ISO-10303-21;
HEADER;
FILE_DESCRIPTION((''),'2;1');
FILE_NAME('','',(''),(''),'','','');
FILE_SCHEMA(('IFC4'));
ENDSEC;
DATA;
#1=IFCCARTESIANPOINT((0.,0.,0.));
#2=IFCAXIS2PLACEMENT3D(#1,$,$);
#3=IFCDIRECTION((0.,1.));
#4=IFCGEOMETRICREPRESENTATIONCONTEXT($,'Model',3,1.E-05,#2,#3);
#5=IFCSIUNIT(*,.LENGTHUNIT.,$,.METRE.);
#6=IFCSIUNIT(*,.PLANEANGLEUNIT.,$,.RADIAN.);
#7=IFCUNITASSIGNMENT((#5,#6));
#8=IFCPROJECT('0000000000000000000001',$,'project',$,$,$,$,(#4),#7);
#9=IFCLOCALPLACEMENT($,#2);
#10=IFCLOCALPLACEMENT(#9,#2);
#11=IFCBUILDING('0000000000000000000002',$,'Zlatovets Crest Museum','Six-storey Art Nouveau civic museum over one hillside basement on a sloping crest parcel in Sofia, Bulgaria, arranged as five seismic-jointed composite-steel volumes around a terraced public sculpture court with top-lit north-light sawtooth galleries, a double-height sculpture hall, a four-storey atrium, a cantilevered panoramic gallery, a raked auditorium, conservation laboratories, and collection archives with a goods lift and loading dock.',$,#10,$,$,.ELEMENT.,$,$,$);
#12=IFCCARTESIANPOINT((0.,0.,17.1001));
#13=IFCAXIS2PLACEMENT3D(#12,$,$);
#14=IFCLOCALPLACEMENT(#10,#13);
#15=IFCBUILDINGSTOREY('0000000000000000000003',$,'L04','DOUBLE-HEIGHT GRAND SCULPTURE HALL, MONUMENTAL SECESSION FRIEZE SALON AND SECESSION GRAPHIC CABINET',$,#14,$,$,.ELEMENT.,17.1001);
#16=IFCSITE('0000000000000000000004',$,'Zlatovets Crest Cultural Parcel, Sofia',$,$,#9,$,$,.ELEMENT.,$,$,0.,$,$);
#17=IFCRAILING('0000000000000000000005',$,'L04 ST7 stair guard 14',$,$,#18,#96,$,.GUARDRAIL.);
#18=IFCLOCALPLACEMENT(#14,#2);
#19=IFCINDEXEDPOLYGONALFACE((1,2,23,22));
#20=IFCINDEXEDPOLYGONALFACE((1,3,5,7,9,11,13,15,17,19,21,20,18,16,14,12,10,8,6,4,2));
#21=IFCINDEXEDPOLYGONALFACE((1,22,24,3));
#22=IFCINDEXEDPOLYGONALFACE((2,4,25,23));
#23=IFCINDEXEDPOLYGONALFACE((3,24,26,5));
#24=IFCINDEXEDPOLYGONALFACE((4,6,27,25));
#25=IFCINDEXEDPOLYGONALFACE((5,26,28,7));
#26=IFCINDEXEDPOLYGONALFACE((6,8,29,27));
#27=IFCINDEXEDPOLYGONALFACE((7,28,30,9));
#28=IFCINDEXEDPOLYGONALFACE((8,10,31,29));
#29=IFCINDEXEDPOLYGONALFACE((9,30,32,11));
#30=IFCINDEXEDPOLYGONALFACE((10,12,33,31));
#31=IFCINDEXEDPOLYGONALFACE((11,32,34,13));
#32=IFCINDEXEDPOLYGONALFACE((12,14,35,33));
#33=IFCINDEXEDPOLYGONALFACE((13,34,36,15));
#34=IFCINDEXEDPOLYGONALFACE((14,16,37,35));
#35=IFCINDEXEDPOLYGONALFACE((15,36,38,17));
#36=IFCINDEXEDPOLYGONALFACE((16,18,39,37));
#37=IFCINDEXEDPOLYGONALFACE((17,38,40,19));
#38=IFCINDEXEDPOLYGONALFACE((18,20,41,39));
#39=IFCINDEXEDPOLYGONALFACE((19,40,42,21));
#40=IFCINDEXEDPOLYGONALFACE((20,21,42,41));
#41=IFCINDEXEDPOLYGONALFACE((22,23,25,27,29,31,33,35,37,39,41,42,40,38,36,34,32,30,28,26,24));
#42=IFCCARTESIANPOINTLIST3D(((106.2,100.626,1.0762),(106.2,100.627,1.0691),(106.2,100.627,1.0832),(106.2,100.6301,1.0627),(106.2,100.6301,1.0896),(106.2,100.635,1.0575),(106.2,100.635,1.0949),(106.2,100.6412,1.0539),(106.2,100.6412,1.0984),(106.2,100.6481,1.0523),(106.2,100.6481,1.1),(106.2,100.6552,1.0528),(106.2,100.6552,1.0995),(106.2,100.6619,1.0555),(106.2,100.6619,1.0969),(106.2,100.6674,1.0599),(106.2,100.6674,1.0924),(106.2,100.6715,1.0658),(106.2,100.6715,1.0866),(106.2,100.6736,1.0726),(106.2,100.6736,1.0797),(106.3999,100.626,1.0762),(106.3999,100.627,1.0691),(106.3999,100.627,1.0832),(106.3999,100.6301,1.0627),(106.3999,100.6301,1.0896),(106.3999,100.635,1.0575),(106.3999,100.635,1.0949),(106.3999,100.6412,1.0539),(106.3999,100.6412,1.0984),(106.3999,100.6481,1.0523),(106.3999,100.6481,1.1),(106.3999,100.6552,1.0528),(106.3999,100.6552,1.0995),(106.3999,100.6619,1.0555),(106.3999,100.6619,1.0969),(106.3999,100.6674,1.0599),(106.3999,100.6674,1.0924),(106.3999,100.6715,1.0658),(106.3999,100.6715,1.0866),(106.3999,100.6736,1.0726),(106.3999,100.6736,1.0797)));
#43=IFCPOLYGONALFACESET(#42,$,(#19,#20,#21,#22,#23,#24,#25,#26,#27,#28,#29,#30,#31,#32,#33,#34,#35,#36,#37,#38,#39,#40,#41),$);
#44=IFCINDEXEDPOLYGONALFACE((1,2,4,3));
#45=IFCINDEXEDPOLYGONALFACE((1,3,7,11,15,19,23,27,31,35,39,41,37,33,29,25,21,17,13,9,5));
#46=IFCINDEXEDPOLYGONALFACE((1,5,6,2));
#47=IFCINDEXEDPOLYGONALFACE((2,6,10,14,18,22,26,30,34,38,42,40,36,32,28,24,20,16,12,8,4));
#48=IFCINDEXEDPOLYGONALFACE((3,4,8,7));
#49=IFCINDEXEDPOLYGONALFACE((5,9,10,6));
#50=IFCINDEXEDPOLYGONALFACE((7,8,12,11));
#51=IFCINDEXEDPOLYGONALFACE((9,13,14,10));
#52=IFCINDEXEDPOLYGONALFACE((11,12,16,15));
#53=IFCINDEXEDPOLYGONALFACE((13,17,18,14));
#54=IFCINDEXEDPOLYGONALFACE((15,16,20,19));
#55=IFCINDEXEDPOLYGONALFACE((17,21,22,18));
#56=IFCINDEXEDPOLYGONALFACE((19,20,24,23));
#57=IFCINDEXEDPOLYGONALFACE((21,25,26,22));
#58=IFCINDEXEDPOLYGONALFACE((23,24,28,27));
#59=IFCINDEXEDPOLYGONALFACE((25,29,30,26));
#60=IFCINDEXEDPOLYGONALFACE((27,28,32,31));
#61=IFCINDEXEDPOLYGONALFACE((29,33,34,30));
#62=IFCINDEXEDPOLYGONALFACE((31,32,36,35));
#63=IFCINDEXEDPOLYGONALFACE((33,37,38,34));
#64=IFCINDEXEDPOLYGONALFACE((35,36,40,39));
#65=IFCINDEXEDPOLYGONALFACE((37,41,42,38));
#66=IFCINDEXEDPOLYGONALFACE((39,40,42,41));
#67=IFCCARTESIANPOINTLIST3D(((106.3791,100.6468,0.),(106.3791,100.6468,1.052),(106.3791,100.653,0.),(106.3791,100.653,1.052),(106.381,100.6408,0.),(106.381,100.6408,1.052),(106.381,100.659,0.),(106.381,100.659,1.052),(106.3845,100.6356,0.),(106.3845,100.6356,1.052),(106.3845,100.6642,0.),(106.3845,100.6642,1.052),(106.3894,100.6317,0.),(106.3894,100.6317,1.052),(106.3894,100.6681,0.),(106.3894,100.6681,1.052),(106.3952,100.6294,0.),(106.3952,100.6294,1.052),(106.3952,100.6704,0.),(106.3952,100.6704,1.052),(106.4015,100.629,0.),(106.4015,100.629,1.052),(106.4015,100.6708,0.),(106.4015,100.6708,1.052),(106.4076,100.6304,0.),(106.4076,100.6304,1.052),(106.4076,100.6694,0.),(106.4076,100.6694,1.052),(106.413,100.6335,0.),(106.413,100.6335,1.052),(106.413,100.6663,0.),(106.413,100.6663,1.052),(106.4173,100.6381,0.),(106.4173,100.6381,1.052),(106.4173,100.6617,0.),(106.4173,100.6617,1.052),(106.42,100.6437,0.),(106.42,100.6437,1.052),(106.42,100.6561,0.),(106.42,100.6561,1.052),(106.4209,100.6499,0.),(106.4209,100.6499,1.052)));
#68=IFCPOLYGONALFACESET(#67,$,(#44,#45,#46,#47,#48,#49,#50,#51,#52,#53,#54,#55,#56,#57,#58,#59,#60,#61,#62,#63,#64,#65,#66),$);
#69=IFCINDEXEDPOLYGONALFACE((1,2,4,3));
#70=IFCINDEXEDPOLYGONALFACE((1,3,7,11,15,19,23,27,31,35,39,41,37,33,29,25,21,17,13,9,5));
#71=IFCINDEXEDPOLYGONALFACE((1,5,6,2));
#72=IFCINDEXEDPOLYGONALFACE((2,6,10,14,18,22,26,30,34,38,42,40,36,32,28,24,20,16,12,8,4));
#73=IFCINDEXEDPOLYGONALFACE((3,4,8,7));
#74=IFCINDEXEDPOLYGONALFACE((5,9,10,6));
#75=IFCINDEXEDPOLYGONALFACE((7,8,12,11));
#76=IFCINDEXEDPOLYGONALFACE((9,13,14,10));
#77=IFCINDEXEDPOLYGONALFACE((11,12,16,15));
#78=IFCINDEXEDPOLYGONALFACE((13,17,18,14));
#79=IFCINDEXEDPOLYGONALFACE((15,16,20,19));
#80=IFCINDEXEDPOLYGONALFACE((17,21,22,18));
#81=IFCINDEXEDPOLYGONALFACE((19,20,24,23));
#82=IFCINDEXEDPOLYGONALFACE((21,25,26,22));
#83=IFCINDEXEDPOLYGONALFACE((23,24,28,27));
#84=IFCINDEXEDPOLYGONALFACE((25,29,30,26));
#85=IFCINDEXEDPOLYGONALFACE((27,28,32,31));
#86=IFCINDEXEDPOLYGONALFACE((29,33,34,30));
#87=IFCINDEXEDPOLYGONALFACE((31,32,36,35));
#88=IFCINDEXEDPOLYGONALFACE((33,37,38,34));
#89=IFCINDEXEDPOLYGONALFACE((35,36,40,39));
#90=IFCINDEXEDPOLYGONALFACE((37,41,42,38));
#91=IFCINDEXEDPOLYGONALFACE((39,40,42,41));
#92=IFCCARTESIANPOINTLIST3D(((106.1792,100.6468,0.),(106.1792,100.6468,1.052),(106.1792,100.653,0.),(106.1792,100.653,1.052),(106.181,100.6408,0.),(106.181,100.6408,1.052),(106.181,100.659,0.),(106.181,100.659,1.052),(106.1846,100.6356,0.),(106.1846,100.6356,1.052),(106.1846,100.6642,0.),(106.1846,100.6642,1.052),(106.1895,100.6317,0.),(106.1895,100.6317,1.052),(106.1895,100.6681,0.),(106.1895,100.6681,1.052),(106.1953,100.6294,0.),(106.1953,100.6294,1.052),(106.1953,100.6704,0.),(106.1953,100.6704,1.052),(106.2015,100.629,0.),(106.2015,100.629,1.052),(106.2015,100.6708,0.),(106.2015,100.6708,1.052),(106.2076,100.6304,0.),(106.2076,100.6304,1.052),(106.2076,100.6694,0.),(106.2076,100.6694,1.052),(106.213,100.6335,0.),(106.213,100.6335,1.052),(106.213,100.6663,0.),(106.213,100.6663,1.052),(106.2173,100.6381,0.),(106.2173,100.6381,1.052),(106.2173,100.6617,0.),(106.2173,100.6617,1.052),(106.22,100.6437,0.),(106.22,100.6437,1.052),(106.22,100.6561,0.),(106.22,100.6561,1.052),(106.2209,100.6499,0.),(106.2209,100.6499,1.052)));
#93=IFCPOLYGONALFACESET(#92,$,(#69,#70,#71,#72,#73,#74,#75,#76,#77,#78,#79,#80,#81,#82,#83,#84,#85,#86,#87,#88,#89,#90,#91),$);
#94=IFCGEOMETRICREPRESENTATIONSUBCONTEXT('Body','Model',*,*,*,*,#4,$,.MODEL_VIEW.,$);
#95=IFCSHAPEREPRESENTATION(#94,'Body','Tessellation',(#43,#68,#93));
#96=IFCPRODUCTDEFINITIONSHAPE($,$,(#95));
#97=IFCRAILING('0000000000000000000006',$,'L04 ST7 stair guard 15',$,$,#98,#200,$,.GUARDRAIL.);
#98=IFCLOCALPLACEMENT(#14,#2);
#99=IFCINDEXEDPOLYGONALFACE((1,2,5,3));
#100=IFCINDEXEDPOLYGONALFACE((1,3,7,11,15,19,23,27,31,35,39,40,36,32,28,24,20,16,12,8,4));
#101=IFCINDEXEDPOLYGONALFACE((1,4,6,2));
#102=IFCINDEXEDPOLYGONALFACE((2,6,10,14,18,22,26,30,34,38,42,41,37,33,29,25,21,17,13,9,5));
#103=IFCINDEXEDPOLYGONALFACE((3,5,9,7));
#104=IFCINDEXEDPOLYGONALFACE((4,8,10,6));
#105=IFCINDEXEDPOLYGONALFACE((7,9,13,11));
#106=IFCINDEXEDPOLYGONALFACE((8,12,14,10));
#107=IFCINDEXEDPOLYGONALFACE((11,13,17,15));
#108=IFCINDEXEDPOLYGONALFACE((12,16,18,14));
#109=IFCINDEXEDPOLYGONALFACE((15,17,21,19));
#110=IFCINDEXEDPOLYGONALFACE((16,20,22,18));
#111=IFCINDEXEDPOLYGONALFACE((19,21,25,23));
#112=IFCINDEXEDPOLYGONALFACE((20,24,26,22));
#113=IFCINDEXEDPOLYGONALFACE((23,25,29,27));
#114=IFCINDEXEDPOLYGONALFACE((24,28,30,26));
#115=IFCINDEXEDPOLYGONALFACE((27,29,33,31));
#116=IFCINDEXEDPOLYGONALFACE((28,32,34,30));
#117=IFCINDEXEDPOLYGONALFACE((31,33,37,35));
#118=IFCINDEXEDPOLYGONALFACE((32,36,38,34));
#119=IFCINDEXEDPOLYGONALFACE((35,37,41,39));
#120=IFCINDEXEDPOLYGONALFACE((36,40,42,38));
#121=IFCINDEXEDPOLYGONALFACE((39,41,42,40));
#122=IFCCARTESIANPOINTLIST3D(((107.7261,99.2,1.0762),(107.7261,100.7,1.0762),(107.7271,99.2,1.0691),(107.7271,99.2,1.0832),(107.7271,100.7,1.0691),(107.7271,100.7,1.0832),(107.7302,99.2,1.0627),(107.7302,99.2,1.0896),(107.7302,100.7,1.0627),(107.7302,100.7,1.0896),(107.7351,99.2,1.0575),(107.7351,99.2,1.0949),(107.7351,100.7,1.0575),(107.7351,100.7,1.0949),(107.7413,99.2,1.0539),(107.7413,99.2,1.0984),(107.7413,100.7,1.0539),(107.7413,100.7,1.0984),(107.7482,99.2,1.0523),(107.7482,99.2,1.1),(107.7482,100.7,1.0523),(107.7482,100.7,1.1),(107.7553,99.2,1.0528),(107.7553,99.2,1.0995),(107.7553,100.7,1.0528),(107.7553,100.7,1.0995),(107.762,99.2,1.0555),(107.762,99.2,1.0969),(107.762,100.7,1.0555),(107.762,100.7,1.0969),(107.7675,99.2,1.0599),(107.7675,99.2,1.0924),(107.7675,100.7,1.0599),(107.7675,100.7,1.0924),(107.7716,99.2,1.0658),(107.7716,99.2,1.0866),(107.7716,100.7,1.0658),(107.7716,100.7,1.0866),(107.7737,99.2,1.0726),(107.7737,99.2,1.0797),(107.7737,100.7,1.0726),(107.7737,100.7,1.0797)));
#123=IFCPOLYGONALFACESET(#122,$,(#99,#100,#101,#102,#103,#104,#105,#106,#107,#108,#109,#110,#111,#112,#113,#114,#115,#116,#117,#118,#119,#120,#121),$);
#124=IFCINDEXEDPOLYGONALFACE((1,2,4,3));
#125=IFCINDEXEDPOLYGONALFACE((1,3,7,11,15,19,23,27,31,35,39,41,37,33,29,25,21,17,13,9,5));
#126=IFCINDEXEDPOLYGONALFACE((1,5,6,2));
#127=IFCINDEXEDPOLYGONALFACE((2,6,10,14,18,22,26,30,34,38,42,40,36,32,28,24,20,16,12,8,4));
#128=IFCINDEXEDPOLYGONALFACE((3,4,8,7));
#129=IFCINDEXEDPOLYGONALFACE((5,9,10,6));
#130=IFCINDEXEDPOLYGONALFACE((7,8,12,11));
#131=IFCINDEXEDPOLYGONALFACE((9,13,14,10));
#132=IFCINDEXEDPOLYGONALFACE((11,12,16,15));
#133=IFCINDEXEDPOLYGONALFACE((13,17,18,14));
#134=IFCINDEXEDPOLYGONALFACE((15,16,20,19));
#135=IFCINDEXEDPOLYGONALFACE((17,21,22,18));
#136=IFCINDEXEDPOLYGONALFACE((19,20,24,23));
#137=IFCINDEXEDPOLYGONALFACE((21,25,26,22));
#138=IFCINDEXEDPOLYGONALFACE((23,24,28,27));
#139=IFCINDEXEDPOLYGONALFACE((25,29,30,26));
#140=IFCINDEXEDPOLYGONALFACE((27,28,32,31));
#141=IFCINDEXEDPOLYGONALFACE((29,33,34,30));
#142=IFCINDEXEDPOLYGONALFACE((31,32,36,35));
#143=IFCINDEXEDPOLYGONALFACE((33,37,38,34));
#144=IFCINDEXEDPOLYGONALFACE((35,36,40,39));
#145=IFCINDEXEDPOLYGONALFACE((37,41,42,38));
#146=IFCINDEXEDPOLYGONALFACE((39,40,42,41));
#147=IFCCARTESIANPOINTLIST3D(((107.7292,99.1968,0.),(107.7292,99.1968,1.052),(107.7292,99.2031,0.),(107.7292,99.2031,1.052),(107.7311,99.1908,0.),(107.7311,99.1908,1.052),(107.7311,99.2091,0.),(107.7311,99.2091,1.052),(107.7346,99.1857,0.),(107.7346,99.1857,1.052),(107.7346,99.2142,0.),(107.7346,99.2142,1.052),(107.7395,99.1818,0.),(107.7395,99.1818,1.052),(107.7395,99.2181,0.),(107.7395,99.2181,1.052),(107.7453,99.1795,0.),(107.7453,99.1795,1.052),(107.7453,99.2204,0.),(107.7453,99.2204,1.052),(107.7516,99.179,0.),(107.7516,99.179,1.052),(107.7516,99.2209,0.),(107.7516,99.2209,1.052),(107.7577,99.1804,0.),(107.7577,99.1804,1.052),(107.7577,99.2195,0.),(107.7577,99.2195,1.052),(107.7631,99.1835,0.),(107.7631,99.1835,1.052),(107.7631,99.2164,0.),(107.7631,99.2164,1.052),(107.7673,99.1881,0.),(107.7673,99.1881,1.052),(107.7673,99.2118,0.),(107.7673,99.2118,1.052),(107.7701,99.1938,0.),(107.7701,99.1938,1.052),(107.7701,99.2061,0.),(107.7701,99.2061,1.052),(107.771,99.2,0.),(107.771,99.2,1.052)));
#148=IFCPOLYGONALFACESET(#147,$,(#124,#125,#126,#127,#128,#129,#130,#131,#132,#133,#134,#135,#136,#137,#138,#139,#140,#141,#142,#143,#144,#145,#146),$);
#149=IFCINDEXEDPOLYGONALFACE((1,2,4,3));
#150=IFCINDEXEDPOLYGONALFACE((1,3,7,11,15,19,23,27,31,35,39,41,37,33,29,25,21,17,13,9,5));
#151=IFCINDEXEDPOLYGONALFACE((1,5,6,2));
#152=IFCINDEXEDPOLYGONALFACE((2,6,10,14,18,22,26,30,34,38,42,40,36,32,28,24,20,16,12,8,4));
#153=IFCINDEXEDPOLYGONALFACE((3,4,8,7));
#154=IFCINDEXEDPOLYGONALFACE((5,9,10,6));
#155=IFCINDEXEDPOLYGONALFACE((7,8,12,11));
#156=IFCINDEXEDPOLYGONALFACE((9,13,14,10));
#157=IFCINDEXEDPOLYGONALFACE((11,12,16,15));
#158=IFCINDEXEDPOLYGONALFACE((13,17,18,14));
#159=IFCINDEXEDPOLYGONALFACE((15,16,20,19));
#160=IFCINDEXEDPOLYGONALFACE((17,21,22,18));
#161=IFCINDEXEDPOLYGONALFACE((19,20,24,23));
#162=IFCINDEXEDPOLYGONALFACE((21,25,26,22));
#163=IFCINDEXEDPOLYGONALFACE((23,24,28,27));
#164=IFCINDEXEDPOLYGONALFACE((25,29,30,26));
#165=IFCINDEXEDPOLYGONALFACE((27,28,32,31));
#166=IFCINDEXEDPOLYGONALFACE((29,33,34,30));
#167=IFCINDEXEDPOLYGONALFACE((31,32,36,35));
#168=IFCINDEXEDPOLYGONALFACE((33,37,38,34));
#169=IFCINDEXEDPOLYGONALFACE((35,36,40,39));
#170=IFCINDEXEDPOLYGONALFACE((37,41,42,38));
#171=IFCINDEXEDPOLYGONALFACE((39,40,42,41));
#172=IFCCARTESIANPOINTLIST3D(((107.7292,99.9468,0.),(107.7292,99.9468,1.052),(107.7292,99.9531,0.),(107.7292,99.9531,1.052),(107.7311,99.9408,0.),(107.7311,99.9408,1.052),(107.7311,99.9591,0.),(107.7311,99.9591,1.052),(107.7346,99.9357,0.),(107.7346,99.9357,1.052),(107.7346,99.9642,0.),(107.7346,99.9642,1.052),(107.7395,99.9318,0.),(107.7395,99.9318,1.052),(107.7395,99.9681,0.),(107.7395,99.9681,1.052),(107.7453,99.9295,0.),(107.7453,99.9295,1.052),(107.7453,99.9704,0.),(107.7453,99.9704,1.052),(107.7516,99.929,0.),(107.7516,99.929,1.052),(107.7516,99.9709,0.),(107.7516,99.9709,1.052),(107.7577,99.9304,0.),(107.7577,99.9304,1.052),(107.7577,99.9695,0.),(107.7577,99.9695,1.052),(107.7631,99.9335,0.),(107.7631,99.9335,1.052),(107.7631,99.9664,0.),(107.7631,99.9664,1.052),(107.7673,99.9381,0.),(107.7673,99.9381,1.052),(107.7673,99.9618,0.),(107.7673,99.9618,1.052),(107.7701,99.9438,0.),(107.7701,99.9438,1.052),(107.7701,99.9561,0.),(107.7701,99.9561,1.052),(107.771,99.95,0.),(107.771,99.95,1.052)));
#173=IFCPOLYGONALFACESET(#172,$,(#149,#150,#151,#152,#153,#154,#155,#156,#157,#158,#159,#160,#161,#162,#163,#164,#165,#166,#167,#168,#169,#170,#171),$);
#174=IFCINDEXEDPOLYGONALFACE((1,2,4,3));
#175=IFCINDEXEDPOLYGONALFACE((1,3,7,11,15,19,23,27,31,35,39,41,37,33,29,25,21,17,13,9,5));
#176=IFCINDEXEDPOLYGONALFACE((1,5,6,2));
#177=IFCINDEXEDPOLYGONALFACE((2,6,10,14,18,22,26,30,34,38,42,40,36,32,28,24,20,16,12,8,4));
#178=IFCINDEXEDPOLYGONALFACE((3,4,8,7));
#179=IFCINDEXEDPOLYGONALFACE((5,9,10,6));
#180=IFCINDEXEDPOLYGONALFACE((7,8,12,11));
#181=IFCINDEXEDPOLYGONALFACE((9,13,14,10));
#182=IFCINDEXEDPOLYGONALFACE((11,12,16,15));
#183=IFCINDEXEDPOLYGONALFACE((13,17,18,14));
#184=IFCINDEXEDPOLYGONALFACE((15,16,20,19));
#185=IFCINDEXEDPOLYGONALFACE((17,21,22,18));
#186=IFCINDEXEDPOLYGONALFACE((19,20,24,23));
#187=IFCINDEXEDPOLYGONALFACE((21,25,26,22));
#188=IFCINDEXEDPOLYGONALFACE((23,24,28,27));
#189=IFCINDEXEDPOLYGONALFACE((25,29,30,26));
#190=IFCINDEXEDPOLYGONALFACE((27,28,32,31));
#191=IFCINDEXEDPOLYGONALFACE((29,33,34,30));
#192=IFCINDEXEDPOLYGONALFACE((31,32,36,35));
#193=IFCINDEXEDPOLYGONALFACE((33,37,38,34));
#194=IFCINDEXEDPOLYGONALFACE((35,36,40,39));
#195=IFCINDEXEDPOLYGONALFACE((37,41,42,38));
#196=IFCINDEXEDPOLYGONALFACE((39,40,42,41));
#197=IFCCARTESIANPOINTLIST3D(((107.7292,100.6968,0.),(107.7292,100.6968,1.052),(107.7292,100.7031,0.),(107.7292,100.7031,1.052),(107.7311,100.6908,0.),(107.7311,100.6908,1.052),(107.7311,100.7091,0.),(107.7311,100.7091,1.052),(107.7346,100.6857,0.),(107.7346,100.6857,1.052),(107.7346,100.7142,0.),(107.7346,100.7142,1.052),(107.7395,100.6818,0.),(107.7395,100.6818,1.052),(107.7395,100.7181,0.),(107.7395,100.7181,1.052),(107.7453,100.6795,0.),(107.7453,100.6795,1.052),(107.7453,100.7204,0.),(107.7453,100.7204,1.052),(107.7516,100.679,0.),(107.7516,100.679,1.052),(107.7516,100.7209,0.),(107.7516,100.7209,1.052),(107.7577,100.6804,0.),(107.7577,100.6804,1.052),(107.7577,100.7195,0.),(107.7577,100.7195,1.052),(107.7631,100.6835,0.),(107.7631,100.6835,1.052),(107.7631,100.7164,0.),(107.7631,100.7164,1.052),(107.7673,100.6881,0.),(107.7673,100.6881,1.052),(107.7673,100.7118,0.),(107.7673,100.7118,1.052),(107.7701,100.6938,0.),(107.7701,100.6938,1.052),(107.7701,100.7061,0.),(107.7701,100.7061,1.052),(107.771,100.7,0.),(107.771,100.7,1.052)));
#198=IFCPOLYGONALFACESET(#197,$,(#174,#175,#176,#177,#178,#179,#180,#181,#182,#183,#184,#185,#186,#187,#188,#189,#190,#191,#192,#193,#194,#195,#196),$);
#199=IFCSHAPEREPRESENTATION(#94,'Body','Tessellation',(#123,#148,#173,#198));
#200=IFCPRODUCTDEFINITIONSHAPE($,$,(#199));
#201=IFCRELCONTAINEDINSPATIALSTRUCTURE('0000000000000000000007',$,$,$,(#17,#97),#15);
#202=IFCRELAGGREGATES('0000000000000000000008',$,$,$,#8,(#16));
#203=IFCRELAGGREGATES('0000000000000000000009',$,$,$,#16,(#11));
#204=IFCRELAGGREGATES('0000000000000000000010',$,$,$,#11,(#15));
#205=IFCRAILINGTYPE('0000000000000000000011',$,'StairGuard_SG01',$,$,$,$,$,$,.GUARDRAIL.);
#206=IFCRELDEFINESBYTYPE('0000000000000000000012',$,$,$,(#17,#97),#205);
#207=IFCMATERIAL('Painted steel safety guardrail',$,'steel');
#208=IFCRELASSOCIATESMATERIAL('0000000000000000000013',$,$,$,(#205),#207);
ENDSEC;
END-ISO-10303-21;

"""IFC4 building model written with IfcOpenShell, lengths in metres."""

from ifc_helpers import new_model, si_unit, direction, frame, origin, origin_2d, place, context, subcontext, project, spatial, circle, extrude, material, type_object, element, save


model = new_model("IFC4")

# Units and contexts
model_context = context("Model", 3, precision=1e-05, world=origin(), true_north=direction((0.0, 1.0)))
body_context = subcontext(model_context, "Body", "Model", "MODEL_VIEW")
ifc_project = project(units=[si_unit("LENGTHUNIT", "METRE"), si_unit("PLANEANGLEUNIT", "RADIAN")], contexts=[model_context])

# Site, building, storey
site_placement = place(None, origin())
site = spatial("IfcSite", under=ifc_project, at=site_placement, Name="Zlatovets Crest Cultural Parcel, Sofia", CompositionType="ELEMENT", RefElevation=0.0)
building_placement = place(site_placement, origin())
building = spatial("IfcBuilding", under=site, at=building_placement, Name="Zlatovets Crest Museum", Description="Six-storey Art Nouveau civic museum over one hillside basement on a sloping crest parcel in Sofia, Bulgaria, arranged as five seismic-jointed composite-steel volumes around a terraced public sculpture court with top-lit north-light sawtooth galleries, a double-height sculpture hall, a four-storey atrium, a cantilevered panoramic gallery, a raked auditorium, conservation laboratories, and collection archives with a goods lift and loading dock.", CompositionType="ELEMENT")
storey_placement = place(building_placement, frame((0.0, 0.0, 17.1001)))
storey = spatial("IfcBuildingStorey", under=building, at=storey_placement, Name="L04", Description="DOUBLE-HEIGHT GRAND SCULPTURE HALL, MONUMENTAL SECESSION FRIEZE SALON AND SECESSION GRAPHIC CABINET", CompositionType="ELEMENT", Elevation=17.1001)

# Railings
ifc_material_1 = material(Name="Painted steel safety guardrail", Category="steel")
railing_type_1 = type_object("IfcRailingType", Name="StairGuard_SG01", PredefinedType="GUARDRAIL", material=ifc_material_1)
railing_1_placement = place(storey_placement, frame((106.3999, 100.6499, 0.0)))
element("IfcRailing", 1, at=railing_1_placement, inside=storey, type_object=railing_type_1, Name="L04 ST7 stair guard 14", PredefinedType="GUARDRAIL", context=body_context, shape_type="SweptSolid", body=[
    extrude(circle(Radius=0.0239, at=origin_2d()), frame((0.0, 0.0, 1.0762), z_axis=(-1.0, 0.0, 0.0), x_axis=(0.0, -1.0, 0.0)), (0.0, 0.0, 1.0), 0.2),
    extrude(circle(Radius=0.021, at=origin_2d()), origin(), (0.0, 0.0, 1.0), 1.052),
    extrude(circle(Radius=0.021, at=origin_2d()), frame((-0.2, 0.0, 0.0)), (0.0, 0.0, 1.0), 1.052),
])
for number, where, name in (
    (2, (107.75, 99.2, 0.0), "L04 ST7 stair guard 15"),
):
    element("IfcRailing", number, at=place(storey_placement, frame(where)), inside=storey, type_object=railing_type_1, Name=name, PredefinedType="GUARDRAIL", context=body_context, shape_type="SweptSolid", body=[
        extrude(circle(Radius=0.0239, at=origin_2d()), frame((0.0, 0.0, 1.0762), z_axis=(0.0, 1.0, 0.0), x_axis=(-1.0, 0.0, 0.0)), (0.0, 0.0, 1.0), 1.5),
        extrude(circle(Radius=0.021, at=origin_2d()), origin(), (0.0, 0.0, 1.0), 1.052),
        extrude(circle(Radius=0.021, at=origin_2d()), frame((0.0, 0.75, 0.0)), (0.0, 0.0, 1.0), 1.052),
        extrude(circle(Radius=0.021, at=origin_2d()), frame((0.0, 1.5, 0.0)), (0.0, 0.0, 1.0), 1.052),
    ])

save(model, "model.ifc")
